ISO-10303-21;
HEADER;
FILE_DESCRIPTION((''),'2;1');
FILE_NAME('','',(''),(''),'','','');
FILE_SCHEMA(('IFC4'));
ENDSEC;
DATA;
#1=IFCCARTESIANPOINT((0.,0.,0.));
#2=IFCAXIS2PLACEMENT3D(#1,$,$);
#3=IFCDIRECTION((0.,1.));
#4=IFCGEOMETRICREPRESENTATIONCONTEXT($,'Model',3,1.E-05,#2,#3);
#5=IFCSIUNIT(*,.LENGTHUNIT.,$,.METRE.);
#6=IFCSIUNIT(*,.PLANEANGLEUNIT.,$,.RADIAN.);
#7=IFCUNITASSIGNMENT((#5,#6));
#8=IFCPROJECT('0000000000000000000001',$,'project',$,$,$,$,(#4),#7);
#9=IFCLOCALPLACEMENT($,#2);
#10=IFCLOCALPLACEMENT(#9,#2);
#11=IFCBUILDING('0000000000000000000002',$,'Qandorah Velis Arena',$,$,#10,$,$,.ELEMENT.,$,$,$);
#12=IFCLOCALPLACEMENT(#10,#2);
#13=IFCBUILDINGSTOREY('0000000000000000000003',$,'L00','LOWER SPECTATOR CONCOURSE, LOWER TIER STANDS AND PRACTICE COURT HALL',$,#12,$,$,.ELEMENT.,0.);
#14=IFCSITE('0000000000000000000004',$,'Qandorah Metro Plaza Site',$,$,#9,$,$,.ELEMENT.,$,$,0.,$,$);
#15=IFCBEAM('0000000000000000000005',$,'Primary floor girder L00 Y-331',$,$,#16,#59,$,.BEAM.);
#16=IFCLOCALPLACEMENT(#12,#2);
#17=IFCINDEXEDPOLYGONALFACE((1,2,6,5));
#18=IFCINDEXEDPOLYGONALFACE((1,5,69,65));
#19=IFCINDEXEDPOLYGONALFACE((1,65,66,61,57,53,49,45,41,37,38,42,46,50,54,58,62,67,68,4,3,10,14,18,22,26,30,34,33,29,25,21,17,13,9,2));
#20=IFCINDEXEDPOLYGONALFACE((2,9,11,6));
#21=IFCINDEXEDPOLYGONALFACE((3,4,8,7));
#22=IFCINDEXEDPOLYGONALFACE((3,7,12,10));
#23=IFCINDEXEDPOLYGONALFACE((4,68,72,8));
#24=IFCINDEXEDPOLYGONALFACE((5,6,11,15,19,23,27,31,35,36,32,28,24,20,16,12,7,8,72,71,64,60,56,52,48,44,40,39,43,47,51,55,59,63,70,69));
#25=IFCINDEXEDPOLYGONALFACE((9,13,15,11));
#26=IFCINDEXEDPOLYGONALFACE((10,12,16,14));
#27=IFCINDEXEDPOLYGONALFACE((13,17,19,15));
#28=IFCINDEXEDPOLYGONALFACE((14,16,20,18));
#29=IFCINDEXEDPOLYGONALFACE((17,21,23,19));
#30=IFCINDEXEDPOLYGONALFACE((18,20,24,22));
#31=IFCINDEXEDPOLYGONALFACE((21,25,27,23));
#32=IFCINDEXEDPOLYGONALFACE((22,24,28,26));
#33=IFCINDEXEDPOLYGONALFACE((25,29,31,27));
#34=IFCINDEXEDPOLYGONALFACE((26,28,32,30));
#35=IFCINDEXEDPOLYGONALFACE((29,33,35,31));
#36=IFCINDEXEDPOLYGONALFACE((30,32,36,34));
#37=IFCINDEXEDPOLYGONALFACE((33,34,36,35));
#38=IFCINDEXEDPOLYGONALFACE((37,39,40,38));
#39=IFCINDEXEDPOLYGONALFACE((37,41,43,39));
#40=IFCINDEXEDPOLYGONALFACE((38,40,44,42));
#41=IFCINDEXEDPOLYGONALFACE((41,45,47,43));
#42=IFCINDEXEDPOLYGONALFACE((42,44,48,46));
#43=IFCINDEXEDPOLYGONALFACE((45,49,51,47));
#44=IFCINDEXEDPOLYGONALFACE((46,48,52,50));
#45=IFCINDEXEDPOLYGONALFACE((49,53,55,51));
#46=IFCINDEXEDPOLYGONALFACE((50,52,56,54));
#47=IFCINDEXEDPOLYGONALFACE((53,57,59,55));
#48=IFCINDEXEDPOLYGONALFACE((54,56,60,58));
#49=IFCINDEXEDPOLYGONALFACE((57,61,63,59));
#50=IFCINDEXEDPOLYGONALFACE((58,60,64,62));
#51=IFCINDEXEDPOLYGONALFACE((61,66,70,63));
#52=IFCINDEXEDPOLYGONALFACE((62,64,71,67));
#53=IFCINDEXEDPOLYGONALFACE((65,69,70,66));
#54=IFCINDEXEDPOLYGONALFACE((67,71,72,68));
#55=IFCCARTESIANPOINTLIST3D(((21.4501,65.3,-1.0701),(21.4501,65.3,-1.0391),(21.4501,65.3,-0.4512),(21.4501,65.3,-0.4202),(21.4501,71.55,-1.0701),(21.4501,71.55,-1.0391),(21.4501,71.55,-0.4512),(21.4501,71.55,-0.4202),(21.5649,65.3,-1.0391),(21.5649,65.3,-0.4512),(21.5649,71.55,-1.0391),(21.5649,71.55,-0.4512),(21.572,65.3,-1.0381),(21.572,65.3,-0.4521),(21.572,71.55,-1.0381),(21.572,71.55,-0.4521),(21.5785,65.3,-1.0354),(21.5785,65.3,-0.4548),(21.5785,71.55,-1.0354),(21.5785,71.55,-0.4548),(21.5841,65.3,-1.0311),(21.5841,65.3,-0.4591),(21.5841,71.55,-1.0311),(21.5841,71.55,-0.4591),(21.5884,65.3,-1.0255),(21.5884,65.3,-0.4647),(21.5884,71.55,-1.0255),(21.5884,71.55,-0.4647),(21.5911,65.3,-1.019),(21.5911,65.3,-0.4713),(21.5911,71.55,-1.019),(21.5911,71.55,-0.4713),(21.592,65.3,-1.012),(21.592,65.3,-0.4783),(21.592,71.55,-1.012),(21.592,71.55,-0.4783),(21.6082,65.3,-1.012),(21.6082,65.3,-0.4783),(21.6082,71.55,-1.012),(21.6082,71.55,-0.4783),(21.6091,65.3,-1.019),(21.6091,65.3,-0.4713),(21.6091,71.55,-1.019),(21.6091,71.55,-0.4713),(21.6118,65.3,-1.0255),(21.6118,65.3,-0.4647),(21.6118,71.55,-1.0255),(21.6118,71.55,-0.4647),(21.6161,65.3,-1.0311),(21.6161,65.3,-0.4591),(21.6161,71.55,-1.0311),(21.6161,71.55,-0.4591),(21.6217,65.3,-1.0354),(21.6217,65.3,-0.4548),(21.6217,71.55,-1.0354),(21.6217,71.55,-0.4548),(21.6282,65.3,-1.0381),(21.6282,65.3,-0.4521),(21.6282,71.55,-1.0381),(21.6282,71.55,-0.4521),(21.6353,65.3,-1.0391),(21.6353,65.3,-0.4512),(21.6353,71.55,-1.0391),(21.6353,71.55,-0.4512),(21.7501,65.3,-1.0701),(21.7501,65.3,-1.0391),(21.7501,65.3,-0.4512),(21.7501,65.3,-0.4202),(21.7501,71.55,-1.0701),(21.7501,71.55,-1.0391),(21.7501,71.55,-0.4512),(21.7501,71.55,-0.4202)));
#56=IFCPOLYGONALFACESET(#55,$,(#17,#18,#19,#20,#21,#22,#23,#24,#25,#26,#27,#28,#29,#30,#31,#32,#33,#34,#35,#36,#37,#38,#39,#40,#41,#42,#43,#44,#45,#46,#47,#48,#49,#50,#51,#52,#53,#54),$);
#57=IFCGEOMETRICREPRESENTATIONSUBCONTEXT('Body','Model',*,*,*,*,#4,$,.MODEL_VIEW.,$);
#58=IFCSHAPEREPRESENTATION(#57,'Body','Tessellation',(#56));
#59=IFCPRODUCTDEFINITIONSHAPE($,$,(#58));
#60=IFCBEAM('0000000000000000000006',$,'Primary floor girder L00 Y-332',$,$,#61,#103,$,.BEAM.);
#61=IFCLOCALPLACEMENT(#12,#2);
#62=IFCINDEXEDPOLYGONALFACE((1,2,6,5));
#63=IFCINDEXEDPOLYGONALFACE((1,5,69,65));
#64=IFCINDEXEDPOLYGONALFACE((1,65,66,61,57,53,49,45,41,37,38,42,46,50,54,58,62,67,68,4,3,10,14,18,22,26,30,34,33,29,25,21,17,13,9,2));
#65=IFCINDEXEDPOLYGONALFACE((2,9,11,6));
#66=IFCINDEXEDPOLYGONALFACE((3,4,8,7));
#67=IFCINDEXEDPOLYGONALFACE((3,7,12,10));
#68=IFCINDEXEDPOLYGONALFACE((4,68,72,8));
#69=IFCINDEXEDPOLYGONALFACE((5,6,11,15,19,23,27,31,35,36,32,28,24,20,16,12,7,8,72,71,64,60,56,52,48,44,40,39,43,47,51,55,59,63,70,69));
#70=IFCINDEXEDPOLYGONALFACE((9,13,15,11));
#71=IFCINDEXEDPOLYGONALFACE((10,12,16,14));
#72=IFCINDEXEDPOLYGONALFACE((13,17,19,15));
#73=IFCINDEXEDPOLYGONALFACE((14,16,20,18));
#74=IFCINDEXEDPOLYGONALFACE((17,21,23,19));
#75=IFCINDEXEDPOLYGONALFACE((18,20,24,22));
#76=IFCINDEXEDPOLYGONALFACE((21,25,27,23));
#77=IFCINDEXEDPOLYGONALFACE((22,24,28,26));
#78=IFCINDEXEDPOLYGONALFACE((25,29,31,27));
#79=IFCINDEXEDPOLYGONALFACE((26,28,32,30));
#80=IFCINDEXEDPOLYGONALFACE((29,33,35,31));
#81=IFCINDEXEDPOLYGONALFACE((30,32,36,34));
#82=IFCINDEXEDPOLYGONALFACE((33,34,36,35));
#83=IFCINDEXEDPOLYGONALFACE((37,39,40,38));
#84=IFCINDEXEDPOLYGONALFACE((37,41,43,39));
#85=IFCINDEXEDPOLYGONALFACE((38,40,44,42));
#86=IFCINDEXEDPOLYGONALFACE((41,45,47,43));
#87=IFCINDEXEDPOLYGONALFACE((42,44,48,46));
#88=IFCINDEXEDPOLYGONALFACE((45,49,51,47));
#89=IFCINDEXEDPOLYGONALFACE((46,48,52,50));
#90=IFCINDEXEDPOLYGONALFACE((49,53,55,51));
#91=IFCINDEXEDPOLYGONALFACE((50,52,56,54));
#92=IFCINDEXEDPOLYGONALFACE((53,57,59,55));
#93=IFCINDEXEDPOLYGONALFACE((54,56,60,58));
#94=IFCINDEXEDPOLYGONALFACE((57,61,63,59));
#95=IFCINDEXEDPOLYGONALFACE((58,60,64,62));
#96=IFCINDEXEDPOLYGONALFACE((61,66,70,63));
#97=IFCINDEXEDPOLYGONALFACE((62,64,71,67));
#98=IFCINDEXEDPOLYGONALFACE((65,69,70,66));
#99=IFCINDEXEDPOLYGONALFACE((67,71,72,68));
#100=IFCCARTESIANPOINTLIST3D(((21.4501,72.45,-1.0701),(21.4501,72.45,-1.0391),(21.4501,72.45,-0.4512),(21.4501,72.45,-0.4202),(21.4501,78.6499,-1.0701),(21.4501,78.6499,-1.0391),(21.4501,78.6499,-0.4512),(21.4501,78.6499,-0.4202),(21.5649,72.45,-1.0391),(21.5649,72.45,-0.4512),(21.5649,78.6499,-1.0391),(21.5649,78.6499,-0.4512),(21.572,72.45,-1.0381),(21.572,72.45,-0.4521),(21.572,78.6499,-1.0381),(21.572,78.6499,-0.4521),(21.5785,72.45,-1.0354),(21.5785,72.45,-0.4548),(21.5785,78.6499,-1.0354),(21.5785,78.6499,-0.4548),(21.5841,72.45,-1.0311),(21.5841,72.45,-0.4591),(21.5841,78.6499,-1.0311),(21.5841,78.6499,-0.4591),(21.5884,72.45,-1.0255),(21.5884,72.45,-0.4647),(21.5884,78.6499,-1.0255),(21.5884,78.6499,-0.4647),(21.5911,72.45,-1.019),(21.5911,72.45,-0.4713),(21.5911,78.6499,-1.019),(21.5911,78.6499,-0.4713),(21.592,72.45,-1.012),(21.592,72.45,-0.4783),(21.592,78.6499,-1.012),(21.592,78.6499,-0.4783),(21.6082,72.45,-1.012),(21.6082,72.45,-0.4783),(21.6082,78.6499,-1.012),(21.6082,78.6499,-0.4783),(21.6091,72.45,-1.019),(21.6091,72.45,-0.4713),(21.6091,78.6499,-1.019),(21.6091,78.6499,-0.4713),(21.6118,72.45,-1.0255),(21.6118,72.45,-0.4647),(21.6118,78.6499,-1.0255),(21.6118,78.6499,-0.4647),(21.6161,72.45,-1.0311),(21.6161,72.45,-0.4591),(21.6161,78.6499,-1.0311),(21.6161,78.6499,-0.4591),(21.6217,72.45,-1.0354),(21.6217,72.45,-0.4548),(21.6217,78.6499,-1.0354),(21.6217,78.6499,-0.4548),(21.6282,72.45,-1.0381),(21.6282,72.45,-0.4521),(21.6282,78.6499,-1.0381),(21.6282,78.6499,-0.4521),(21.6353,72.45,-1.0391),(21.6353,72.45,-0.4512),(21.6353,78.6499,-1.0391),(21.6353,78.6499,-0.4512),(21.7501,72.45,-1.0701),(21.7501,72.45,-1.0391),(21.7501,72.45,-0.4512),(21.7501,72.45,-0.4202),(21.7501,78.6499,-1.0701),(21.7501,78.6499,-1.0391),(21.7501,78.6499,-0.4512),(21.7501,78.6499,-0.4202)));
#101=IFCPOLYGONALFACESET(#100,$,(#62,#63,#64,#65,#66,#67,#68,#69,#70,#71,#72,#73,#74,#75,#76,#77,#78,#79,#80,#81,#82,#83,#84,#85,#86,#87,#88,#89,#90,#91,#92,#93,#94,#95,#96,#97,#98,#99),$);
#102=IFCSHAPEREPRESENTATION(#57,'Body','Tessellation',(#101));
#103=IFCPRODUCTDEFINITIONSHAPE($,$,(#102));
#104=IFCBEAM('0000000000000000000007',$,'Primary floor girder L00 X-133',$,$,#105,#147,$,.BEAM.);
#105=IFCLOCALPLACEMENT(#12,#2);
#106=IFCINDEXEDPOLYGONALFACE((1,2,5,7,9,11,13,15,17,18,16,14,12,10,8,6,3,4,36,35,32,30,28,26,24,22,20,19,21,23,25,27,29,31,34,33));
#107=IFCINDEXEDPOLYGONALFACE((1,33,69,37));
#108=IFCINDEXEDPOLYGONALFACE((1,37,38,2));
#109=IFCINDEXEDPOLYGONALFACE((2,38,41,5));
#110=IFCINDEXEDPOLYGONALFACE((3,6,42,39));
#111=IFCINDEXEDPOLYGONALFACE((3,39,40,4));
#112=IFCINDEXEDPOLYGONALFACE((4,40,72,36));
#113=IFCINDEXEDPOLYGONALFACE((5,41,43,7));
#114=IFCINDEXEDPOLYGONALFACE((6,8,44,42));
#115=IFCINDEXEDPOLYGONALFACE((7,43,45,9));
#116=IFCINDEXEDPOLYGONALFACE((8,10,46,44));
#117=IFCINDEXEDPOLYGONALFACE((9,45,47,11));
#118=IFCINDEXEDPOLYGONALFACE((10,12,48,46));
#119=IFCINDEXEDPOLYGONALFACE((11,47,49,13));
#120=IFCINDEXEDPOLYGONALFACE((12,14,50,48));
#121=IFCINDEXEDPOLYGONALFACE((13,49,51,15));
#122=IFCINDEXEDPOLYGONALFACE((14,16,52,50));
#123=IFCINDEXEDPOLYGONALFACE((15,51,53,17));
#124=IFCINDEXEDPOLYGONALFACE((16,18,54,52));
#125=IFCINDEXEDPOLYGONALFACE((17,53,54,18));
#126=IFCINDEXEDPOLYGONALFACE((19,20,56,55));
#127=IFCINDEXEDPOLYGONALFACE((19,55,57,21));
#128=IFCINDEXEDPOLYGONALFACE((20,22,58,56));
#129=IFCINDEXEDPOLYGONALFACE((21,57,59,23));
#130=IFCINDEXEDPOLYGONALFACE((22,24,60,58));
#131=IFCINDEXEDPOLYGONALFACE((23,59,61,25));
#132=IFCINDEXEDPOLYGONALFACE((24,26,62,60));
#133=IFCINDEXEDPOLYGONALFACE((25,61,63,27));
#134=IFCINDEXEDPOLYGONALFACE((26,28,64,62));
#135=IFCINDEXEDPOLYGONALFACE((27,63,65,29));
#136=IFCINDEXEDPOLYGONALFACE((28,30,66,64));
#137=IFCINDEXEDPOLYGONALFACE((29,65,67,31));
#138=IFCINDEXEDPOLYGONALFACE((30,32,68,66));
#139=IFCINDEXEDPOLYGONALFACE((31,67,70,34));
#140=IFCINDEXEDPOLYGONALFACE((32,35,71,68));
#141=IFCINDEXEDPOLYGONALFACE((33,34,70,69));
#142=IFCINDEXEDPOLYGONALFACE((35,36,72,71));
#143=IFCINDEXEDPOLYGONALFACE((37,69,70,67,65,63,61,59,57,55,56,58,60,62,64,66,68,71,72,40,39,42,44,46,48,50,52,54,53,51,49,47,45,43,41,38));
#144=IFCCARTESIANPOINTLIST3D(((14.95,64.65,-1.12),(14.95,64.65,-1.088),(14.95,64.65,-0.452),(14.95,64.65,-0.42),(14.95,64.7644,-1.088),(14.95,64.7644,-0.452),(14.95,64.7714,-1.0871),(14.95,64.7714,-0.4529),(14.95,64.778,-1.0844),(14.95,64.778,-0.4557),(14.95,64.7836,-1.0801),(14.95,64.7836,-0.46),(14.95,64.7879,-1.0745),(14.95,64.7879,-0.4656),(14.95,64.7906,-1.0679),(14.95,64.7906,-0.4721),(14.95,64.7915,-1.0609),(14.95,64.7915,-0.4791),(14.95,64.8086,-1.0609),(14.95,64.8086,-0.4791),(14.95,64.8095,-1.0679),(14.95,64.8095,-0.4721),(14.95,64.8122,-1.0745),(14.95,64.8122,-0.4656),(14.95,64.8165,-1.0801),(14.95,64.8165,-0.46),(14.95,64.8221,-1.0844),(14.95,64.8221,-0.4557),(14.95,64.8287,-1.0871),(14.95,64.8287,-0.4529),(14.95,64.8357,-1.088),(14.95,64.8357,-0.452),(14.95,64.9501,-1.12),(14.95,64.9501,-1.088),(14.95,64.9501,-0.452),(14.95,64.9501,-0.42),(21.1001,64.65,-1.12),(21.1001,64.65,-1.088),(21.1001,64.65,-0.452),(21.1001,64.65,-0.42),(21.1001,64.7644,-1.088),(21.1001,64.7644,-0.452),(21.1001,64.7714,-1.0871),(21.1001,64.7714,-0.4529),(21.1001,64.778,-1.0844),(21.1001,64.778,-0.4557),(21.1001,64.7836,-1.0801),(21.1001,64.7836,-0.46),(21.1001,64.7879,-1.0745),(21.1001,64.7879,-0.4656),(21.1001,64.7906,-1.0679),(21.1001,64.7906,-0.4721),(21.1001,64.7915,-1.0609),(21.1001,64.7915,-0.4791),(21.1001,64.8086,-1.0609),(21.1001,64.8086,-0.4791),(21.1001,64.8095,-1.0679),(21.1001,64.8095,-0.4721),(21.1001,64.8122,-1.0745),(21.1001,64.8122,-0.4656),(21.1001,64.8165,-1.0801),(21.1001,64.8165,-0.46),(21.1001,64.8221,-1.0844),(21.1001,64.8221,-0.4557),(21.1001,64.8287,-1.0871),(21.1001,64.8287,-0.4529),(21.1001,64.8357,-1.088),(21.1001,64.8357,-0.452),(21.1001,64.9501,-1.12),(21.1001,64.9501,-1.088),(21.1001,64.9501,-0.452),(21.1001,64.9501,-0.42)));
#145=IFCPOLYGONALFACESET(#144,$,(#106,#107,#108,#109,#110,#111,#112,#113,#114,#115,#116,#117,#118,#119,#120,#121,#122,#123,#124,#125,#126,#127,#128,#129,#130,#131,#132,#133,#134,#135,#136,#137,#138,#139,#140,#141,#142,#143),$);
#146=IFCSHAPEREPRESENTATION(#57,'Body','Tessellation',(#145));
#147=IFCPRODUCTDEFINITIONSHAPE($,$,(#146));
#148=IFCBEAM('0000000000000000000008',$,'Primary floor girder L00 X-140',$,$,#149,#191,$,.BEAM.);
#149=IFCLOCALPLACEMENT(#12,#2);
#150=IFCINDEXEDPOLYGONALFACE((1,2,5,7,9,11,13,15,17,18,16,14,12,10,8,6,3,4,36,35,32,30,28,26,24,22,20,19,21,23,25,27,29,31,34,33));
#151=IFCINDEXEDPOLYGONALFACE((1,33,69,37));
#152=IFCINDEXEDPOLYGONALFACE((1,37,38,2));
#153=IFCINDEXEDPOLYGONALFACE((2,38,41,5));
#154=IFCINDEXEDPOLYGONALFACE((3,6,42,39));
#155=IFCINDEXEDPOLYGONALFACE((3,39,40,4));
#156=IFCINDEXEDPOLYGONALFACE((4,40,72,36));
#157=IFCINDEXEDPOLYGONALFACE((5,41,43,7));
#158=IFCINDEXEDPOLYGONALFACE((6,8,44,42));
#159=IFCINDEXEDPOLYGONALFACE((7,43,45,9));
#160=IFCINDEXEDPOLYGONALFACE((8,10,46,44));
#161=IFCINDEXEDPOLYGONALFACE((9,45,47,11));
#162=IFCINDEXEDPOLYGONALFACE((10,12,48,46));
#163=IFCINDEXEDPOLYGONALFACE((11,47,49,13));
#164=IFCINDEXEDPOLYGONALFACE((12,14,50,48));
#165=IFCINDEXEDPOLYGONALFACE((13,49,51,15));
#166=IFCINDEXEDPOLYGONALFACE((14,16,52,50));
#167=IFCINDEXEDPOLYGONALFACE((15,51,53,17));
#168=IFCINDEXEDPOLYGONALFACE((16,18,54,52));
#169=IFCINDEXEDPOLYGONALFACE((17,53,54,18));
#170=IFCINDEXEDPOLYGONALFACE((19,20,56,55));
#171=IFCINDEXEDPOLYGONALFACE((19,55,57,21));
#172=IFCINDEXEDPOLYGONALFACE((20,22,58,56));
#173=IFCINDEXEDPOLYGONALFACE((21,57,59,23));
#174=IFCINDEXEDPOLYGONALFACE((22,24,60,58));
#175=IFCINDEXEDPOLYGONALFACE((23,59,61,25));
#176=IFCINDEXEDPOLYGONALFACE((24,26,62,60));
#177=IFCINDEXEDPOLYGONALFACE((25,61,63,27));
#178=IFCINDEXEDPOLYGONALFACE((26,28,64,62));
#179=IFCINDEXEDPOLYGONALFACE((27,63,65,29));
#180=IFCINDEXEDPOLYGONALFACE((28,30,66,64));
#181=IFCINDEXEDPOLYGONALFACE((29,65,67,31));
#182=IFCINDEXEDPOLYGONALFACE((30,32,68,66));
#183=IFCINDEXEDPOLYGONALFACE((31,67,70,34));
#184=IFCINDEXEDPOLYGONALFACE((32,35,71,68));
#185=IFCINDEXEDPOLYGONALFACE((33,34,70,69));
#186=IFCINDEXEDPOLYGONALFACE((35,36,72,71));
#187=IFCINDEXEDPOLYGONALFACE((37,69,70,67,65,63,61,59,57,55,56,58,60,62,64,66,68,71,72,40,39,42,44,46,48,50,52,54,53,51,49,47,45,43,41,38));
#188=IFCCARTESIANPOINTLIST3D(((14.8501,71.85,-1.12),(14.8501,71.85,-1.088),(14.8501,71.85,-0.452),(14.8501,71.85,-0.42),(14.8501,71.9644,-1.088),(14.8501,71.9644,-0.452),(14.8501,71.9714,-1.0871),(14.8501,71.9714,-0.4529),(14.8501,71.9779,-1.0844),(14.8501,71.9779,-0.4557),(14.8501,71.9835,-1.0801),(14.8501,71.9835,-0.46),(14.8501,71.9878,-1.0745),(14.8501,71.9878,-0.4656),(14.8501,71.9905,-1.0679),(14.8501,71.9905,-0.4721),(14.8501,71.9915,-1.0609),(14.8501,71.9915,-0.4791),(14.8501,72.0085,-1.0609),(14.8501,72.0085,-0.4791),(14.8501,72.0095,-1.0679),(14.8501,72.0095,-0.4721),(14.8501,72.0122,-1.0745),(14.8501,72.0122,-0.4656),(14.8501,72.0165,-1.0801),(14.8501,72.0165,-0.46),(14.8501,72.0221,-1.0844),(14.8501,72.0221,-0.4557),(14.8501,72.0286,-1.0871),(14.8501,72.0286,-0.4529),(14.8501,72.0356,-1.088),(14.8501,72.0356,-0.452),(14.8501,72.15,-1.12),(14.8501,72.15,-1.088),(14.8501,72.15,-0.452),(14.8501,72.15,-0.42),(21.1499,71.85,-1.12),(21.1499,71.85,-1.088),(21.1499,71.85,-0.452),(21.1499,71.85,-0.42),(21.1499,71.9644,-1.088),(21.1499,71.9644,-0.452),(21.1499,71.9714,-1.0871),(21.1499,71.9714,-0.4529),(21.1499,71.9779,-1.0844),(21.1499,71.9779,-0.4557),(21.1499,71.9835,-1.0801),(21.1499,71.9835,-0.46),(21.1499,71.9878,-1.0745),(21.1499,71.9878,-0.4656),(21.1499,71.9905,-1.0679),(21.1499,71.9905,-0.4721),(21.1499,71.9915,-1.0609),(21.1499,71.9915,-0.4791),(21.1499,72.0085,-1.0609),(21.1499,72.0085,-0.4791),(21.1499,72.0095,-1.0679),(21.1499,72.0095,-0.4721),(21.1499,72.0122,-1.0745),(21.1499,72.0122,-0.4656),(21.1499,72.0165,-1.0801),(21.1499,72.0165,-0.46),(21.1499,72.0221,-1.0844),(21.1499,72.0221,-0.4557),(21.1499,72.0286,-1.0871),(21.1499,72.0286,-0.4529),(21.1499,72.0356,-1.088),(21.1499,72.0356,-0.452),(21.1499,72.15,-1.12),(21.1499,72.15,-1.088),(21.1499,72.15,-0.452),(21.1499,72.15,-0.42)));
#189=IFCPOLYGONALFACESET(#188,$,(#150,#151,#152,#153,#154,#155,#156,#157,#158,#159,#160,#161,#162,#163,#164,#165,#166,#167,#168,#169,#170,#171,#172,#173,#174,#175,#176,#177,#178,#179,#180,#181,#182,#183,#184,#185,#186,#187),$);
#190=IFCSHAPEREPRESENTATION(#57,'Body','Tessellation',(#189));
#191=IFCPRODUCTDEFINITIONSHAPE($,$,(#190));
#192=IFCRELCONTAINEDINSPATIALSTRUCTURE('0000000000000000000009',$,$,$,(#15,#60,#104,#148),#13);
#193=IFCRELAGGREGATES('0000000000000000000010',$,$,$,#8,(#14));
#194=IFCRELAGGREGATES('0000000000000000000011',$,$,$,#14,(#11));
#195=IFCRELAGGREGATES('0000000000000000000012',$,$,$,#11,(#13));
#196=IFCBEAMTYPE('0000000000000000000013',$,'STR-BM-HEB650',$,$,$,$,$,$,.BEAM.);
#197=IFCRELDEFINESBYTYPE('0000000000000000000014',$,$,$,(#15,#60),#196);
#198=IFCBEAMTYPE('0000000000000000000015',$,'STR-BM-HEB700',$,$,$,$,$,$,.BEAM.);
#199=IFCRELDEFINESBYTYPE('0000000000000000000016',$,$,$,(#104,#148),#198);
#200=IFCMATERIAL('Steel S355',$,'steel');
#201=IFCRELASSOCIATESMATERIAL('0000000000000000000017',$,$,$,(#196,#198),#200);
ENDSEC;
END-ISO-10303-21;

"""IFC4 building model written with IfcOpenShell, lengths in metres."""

from ifc_helpers import new_model, si_unit, direction, frame, origin, origin_2d, place, context, subcontext, project, spatial, i_section, extrude, material, material_profile, profile_set, type_object, element, save


model = new_model("IFC4")

# Units and contexts
model_context = context("Model", 3, precision=1e-05, world=origin(), true_north=direction((0.0, 1.0)))
body_context = subcontext(model_context, "Body", "Model", "MODEL_VIEW")
ifc_project = project(units=[si_unit("LENGTHUNIT", "METRE"), si_unit("PLANEANGLEUNIT", "RADIAN")], contexts=[model_context])

# Site, building, storey
site_placement = place(None, origin())
site = spatial("IfcSite", under=ifc_project, at=site_placement, Name="Qandorah Metro Plaza Site", CompositionType="ELEMENT", RefElevation=0.0)
building_placement = place(site_placement, origin())
building = spatial("IfcBuilding", under=site, at=building_placement, Name="Qandorah Velis Arena", CompositionType="ELEMENT")
storey_placement = place(building_placement, origin())
storey = spatial("IfcBuildingStorey", under=building, at=storey_placement, Name="L00", Description="LOWER SPECTATOR CONCOURSE, LOWER TIER STANDS AND PRACTICE COURT HALL", CompositionType="ELEMENT", Elevation=0.0)

# Beams
ifc_material_1 = material(Name="Steel S355", Category="steel")
ifc_material_profile_1 = material_profile(ifc_material_1, i_section(OverallWidth=0.3, OverallDepth=0.6499, WebThickness=0.0161, FlangeThickness=0.031, FilletRadius=0.0271, at=origin_2d()), Name="HEB 650")
ifc_profile_set_1 = profile_set([ifc_material_profile_1], Name="Steel S355")
beam_type_1 = type_object("IfcBeamType", Name="STR-BM-HEB650", PredefinedType="BEAM", material=ifc_profile_set_1)
beam_1_placement = place(storey_placement, frame((21.6001, 65.3, -0.7451), z_axis=(0.0, 1.0, 0.0), x_axis=(-1.0, 0.0, 0.0)))
element("IfcBeam", 1, at=beam_1_placement, inside=storey, type_object=beam_type_1, Name="Primary floor girder L00 Y-331", PredefinedType="BEAM", context=body_context, shape_type="SweptSolid", body=[
    extrude(i_section(OverallWidth=0.3, OverallDepth=0.6499, WebThickness=0.0161, FlangeThickness=0.031, FilletRadius=0.0271, at=origin_2d()), origin(), (0.0, 0.0, 1.0), 6.25),
])
beam_2_placement = place(storey_placement, frame((21.6001, 72.45, -0.7451), z_axis=(0.0, 1.0, 0.0), x_axis=(-1.0, 0.0, 0.0)))
element("IfcBeam", 2, at=beam_2_placement, inside=storey, type_object=beam_type_1, Name="Primary floor girder L00 Y-332", PredefinedType="BEAM", context=body_context, shape_type="SweptSolid", body=[
    extrude(i_section(OverallWidth=0.3, OverallDepth=0.6499, WebThickness=0.0161, FlangeThickness=0.031, FilletRadius=0.0271, at=origin_2d()), origin(), (0.0, 0.0, 1.0), 6.2),
])
ifc_material_profile_2 = material_profile(ifc_material_1, i_section(OverallWidth=0.3, OverallDepth=0.7, WebThickness=0.0171, FlangeThickness=0.032, FilletRadius=0.0271, at=origin_2d()), Name="HEB 700")
ifc_profile_set_2 = profile_set([ifc_material_profile_2], Name="Steel S355")
beam_type_2 = type_object("IfcBeamType", Name="STR-BM-HEB700", PredefinedType="BEAM", material=ifc_profile_set_2)
beam_3_placement = place(storey_placement, frame((14.95, 64.8, -0.77), z_axis=(1.0, 0.0, 0.0), x_axis=(0.0, 1.0, 0.0)))
element("IfcBeam", 3, at=beam_3_placement, inside=storey, type_object=beam_type_2, Name="Primary floor girder L00 X-133", PredefinedType="BEAM", context=body_context, shape_type="SweptSolid", body=[
    extrude(i_section(OverallWidth=0.3, OverallDepth=0.7, WebThickness=0.0171, FlangeThickness=0.032, FilletRadius=0.0271, at=origin_2d()), origin(), (0.0, 0.0, 1.0), 6.1501),
])
beam_4_placement = place(storey_placement, frame((14.8501, 72.0, -0.77), z_axis=(1.0, 0.0, 0.0), x_axis=(0.0, 1.0, 0.0)))
element("IfcBeam", 4, at=beam_4_placement, inside=storey, type_object=beam_type_2, Name="Primary floor girder L00 X-140", PredefinedType="BEAM", context=body_context, shape_type="SweptSolid", body=[
    extrude(i_section(OverallWidth=0.3, OverallDepth=0.7, WebThickness=0.0171, FlangeThickness=0.032, FilletRadius=0.0271, at=origin_2d()), origin(), (0.0, 0.0, 1.0), 6.2998),
])

save(model, "model.ifc")
